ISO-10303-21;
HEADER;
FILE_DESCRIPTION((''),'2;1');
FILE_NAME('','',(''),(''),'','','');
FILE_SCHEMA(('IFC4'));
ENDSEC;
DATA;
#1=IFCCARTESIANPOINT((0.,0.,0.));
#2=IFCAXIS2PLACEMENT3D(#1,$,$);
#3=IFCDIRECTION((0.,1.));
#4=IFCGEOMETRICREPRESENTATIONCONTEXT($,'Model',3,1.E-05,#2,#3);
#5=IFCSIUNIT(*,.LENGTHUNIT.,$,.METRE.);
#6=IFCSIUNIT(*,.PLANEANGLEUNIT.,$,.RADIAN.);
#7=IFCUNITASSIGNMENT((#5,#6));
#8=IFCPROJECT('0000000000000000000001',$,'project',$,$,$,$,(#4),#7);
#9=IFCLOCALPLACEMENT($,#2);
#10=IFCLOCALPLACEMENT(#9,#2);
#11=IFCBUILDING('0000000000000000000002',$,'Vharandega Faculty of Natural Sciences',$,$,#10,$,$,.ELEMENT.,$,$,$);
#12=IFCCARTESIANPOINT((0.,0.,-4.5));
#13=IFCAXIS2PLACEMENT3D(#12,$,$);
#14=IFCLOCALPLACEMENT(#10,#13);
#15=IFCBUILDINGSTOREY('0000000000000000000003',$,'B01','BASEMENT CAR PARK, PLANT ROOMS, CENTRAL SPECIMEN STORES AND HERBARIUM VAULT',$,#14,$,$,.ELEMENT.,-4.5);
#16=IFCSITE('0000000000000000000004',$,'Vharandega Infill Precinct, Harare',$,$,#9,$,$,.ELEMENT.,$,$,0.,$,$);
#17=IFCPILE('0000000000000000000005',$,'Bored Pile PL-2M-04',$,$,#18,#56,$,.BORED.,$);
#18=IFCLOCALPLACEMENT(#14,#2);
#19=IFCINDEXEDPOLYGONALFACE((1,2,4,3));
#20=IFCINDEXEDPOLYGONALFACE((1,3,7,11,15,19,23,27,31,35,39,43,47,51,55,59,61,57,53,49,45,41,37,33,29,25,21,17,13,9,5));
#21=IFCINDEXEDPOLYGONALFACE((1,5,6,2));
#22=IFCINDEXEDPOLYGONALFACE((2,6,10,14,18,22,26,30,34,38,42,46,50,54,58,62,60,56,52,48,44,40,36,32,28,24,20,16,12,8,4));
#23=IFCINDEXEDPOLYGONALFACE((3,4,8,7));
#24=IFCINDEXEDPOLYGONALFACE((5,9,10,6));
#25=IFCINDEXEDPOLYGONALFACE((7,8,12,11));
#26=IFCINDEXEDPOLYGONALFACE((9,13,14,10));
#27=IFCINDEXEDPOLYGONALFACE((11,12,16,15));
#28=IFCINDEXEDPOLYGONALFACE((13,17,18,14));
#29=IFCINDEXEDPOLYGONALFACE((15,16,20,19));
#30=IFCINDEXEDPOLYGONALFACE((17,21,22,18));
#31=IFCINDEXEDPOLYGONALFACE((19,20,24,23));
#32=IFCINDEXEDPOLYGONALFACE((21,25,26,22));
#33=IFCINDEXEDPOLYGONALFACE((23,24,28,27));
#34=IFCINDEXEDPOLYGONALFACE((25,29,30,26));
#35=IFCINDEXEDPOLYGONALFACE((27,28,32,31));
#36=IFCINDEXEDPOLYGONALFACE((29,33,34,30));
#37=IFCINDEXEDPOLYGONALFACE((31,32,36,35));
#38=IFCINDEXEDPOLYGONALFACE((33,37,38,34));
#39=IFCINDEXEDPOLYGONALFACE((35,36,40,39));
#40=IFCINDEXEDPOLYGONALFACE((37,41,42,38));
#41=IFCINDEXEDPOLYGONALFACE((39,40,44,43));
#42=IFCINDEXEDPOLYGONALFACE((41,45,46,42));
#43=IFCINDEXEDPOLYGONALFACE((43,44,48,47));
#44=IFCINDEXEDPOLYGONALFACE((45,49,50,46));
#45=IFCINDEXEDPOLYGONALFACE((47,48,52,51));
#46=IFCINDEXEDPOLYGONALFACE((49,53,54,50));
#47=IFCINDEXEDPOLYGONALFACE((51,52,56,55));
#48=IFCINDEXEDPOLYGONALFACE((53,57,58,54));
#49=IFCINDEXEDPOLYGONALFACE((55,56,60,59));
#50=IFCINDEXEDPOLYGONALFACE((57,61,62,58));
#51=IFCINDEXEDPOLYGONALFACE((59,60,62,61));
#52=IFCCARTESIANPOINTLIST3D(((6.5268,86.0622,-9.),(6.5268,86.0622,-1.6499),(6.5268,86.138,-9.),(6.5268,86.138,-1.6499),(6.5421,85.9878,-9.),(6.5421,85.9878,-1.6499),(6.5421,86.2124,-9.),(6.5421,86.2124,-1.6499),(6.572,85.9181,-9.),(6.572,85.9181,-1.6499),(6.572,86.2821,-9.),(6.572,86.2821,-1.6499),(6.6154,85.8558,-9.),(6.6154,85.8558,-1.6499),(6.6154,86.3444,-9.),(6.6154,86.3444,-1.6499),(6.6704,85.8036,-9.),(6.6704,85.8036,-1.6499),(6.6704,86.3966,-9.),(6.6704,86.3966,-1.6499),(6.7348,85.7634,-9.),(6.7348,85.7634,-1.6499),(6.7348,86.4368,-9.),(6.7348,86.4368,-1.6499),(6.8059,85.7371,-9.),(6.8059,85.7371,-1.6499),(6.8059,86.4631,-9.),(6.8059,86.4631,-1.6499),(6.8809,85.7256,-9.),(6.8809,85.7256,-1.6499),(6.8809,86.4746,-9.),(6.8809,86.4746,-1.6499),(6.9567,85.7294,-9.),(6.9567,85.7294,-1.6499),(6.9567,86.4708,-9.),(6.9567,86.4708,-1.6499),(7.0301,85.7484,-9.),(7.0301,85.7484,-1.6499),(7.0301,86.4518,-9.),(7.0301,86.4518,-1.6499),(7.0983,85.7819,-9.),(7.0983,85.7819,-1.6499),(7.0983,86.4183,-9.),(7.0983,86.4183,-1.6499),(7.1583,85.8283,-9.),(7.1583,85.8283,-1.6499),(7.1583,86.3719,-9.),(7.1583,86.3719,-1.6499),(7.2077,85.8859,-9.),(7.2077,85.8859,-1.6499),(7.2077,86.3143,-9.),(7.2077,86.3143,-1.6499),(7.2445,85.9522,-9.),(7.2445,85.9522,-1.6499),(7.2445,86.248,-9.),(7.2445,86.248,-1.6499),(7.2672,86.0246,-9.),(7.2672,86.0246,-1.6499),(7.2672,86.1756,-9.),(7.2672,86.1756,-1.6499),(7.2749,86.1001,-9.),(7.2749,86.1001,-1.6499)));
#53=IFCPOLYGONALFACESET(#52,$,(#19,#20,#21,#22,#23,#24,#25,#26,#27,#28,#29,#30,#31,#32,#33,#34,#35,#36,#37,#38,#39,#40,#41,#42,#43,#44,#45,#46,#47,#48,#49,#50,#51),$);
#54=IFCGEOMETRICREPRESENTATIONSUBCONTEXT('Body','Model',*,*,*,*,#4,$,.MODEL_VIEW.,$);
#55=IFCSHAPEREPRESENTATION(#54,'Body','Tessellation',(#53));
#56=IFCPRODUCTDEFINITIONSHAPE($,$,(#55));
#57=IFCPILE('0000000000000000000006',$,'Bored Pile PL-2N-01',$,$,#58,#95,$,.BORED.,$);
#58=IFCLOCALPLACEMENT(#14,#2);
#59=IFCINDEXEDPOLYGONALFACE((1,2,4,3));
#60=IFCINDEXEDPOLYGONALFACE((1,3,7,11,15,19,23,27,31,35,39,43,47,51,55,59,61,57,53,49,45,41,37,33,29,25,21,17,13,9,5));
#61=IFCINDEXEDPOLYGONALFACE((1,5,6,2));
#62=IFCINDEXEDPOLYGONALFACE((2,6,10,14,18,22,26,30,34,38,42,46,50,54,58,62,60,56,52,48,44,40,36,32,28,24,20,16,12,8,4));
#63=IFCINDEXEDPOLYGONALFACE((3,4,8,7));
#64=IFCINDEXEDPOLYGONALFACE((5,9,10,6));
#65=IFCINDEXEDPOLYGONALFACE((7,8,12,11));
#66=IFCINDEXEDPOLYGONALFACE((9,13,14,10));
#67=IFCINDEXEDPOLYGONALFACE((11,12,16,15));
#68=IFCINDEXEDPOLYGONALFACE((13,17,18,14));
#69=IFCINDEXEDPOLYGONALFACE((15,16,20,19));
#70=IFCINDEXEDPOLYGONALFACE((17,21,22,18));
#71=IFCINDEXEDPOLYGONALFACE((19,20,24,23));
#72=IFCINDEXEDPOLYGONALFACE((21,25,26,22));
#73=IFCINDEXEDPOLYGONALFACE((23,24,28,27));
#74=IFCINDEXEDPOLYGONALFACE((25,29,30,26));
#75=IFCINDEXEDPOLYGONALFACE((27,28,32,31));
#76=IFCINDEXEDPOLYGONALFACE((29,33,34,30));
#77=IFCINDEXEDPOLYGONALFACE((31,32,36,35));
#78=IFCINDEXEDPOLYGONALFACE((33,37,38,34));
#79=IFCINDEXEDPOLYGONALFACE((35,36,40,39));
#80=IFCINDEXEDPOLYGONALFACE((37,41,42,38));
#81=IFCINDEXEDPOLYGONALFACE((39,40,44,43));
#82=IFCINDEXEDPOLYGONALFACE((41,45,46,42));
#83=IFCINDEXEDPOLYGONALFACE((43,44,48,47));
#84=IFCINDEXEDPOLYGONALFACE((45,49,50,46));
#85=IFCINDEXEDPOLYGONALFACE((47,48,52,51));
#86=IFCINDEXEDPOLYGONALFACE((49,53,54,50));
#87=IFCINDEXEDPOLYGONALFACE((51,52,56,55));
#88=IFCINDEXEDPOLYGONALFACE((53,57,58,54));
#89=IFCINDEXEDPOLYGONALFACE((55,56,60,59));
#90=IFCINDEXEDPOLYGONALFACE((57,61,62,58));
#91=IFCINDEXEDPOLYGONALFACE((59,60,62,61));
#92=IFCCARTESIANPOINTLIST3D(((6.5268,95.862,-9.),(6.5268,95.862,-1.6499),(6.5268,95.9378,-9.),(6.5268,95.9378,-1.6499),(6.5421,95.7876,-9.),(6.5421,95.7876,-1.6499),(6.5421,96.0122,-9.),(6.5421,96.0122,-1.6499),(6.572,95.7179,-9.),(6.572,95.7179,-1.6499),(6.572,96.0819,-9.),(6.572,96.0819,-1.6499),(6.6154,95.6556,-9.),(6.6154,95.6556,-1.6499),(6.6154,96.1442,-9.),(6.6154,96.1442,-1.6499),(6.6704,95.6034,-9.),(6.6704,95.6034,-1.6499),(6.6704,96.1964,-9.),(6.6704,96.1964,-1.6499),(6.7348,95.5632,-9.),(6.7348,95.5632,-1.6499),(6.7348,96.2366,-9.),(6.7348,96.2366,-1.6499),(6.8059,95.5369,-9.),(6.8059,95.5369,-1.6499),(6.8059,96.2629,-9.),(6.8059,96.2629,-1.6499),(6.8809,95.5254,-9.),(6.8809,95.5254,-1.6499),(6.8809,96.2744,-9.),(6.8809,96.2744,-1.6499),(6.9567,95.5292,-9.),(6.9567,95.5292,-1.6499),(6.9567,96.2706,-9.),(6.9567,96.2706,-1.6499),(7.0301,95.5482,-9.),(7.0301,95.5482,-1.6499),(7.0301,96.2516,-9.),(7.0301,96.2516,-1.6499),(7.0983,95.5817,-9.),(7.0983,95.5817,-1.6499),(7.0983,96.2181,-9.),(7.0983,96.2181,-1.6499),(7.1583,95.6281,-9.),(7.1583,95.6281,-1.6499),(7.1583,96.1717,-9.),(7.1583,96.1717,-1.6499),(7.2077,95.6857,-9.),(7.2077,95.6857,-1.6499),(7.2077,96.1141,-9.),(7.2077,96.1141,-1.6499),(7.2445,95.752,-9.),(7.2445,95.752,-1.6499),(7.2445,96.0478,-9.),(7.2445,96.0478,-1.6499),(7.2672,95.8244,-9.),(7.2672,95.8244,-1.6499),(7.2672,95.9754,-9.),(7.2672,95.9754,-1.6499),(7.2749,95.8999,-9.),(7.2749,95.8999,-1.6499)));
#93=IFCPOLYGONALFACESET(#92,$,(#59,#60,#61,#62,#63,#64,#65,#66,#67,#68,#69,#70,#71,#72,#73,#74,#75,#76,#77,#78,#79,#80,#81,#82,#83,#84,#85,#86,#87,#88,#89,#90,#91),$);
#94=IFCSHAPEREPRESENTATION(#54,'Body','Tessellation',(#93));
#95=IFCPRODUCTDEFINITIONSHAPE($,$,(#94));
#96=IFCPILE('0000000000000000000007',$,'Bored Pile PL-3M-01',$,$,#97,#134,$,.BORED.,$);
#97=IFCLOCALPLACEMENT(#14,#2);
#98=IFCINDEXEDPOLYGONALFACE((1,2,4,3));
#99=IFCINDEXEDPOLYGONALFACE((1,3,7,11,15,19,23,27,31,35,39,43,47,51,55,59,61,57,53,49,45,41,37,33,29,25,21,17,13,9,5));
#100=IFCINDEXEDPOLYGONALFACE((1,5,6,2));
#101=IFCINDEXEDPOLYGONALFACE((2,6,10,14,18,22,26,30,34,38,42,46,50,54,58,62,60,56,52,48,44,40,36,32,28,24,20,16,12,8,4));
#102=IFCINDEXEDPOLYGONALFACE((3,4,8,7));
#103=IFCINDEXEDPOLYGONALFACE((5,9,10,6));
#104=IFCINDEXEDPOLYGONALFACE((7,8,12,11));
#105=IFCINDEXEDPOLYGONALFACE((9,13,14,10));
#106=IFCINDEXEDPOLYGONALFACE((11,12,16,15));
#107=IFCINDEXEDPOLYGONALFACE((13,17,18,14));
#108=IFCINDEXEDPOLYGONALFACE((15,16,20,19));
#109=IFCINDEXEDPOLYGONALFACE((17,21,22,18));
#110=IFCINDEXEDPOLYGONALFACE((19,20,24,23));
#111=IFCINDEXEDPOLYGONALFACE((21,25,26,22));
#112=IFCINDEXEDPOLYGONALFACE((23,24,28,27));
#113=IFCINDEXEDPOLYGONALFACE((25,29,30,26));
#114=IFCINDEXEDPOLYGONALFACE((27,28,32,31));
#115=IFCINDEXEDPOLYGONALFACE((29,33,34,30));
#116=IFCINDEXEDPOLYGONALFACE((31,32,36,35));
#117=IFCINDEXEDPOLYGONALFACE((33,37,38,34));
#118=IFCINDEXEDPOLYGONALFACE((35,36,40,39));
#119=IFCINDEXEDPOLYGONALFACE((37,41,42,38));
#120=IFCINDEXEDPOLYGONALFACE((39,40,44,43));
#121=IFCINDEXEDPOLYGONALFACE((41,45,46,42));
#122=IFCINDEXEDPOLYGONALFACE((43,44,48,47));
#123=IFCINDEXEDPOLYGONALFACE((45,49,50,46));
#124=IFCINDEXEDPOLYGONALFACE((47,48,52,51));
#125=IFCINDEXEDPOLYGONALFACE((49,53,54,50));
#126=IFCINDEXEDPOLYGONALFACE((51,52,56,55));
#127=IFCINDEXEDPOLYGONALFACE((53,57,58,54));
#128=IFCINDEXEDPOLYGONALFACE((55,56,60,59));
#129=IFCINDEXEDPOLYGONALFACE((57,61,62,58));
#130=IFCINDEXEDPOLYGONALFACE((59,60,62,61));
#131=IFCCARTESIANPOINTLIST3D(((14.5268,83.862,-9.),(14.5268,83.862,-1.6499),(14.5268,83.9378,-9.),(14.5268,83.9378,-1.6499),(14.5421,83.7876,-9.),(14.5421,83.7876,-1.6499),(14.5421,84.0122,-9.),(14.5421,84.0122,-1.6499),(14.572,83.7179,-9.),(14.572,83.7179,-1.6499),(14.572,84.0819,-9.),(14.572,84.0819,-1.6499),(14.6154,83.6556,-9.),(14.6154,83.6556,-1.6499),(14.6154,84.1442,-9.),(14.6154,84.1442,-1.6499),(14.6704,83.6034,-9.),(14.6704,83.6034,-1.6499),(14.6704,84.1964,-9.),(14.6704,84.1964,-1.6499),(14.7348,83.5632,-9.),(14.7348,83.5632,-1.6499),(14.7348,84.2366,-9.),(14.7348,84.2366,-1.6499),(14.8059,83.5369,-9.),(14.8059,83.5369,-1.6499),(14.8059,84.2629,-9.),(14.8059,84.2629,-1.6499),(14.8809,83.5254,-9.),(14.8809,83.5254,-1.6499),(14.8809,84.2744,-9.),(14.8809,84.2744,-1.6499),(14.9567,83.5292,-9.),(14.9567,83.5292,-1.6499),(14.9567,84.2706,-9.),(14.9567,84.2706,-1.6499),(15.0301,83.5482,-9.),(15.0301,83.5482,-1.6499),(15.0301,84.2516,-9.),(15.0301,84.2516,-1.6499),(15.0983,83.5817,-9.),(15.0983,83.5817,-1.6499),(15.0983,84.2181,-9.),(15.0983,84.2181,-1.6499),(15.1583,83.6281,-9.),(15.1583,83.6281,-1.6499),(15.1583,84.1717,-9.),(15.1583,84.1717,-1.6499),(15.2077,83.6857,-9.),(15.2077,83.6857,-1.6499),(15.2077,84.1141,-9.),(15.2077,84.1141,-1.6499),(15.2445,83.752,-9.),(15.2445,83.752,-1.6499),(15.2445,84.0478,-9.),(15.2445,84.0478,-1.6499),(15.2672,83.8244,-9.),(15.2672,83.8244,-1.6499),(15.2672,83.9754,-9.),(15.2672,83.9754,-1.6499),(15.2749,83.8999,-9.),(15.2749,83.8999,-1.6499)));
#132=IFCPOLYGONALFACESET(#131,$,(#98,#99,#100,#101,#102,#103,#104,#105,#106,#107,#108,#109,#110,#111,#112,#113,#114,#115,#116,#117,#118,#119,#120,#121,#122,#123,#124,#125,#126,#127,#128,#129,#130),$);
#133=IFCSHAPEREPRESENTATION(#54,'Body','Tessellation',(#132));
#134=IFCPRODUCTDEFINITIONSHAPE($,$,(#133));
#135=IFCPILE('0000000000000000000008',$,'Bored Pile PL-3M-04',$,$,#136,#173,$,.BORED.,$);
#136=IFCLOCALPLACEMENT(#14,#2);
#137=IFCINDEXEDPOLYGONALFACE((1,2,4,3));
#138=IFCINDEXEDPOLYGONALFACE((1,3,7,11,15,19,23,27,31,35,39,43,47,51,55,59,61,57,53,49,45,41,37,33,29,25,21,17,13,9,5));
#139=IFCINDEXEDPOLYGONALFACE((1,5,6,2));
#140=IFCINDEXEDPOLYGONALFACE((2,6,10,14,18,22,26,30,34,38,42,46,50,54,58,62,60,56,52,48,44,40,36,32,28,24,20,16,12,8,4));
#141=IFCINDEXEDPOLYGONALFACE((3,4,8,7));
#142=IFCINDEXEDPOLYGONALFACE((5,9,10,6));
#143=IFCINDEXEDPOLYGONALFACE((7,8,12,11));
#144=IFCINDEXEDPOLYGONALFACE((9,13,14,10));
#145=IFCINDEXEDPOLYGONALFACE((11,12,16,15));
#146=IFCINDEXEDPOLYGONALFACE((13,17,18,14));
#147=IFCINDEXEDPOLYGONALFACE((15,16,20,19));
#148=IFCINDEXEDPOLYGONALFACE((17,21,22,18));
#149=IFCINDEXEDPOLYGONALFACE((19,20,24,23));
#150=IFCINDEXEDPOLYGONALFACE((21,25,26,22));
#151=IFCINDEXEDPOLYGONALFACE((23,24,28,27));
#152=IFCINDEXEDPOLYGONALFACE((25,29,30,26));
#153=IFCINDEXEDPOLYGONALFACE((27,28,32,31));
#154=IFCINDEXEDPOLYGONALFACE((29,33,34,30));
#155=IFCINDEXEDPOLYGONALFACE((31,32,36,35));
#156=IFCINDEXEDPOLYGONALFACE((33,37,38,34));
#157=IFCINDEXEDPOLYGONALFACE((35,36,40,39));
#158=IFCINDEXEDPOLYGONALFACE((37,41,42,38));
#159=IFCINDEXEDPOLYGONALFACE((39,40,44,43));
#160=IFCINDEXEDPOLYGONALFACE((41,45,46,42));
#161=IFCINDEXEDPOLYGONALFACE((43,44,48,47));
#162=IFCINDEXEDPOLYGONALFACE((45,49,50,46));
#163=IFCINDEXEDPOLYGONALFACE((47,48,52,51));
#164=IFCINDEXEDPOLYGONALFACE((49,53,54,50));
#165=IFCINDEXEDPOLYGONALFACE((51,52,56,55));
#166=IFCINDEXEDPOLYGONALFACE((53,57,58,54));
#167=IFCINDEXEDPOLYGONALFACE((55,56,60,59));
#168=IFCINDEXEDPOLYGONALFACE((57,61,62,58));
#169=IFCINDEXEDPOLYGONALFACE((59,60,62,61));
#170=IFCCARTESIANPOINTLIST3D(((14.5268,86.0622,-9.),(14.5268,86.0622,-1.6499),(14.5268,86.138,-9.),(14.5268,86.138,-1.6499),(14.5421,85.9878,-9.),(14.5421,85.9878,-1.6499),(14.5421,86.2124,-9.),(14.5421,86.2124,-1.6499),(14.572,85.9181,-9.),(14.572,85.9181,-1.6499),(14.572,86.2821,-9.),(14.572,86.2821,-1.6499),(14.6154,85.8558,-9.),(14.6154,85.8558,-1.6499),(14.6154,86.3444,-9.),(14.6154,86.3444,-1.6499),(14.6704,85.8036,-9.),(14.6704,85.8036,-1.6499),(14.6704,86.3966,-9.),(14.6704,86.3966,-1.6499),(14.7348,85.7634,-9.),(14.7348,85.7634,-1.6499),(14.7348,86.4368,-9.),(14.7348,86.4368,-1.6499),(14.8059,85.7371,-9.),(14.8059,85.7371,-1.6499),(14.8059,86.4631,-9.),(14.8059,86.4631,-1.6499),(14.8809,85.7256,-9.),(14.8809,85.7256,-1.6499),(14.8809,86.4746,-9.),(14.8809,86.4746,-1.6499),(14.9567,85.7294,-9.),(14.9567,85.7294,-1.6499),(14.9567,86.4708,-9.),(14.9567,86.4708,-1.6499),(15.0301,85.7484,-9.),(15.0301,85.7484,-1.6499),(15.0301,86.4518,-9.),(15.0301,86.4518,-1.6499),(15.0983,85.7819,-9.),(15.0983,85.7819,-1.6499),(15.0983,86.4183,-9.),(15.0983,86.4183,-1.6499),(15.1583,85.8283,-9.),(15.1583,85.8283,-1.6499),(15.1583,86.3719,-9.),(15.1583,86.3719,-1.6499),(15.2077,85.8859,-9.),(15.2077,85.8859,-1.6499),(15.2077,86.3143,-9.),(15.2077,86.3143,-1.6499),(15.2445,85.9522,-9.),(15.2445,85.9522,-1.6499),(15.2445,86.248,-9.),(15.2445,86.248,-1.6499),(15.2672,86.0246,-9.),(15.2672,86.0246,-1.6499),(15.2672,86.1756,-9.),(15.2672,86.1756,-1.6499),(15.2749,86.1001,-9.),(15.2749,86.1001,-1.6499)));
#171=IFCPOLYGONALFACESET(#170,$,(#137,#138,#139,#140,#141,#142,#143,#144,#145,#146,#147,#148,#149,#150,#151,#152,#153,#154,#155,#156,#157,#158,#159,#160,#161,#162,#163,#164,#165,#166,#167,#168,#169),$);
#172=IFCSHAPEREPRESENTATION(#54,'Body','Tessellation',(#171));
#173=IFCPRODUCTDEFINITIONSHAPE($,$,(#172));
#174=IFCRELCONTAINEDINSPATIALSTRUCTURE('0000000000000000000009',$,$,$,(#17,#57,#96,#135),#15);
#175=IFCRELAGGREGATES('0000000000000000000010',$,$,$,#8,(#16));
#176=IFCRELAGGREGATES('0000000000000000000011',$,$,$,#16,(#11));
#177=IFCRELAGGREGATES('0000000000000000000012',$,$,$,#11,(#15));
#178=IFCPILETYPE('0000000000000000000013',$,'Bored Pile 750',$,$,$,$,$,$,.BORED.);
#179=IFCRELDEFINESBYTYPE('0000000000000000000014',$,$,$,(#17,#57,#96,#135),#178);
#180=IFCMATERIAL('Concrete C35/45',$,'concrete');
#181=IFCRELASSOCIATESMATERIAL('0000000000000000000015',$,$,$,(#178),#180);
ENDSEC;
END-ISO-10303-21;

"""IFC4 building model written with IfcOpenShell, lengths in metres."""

from ifc_helpers import new_model, si_unit, direction, frame, origin, origin_2d, place, context, subcontext, project, spatial, circle, extrude, material, material_profile, profile_set, type_object, element, save


model = new_model("IFC4")

# Units and contexts
model_context = context("Model", 3, precision=1e-05, world=origin(), true_north=direction((0.0, 1.0)))
body_context = subcontext(model_context, "Body", "Model", "MODEL_VIEW")
ifc_project = project(units=[si_unit("LENGTHUNIT", "METRE"), si_unit("PLANEANGLEUNIT", "RADIAN")], contexts=[model_context])

# Site, building, storey
site_placement = place(None, origin())
site = spatial("IfcSite", under=ifc_project, at=site_placement, Name="Vharandega Infill Precinct, Harare", CompositionType="ELEMENT", RefElevation=0.0)
building_placement = place(site_placement, origin())
building = spatial("IfcBuilding", under=site, at=building_placement, Name="Vharandega Faculty of Natural Sciences", CompositionType="ELEMENT")
storey_placement = place(building_placement, frame((0.0, 0.0, -4.5)))
storey = spatial("IfcBuildingStorey", under=building, at=storey_placement, Name="B01", Description="BASEMENT CAR PARK, PLANT ROOMS, CENTRAL SPECIMEN STORES AND HERBARIUM VAULT", CompositionType="ELEMENT", Elevation=-4.5)

# Piles
ifc_material_1 = material(Name="Concrete C35/45", Category="concrete")
ifc_material_profile_1 = material_profile(ifc_material_1, circle(Radius=0.375, at=origin_2d()), Name="PILE 750")
ifc_profile_set_1 = profile_set([ifc_material_profile_1], Name="Concrete C35/45")
pile_type_1 = type_object("IfcPileType", Name="Bored Pile 750", PredefinedType="BORED", material=ifc_profile_set_1)
for number, where, z_axis, x_axis, name in (
    (1, (6.8999, 86.1001, -1.6499), (0.0, 0.0, -1.0), (1.0, 0.0, 0.0), "Bored Pile PL-2M-04"),
    (2, (6.8999, 95.8999, -1.6499), (0.0, 0.0, -1.0), (1.0, 0.0, 0.0), "Bored Pile PL-2N-01"),
    (3, (14.8999, 83.8999, -1.6499), (0.0, 0.0, -1.0), (1.0, 0.0, 0.0), "Bored Pile PL-3M-01"),
    (4, (14.8999, 86.1001, -1.6499), (0.0, 0.0, -1.0), (1.0, 0.0, 0.0), "Bored Pile PL-3M-04"),
):
    element("IfcPile", number, at=place(storey_placement, frame(where, z_axis=z_axis, x_axis=x_axis)), inside=storey, type_object=pile_type_1, Name=name, PredefinedType="BORED", context=body_context, shape_type="SweptSolid", body=[
        extrude(circle(Radius=0.375, at=origin_2d()), origin(), (0.0, 0.0, 1.0), 7.3501),
    ])

save(model, "model.ifc")
